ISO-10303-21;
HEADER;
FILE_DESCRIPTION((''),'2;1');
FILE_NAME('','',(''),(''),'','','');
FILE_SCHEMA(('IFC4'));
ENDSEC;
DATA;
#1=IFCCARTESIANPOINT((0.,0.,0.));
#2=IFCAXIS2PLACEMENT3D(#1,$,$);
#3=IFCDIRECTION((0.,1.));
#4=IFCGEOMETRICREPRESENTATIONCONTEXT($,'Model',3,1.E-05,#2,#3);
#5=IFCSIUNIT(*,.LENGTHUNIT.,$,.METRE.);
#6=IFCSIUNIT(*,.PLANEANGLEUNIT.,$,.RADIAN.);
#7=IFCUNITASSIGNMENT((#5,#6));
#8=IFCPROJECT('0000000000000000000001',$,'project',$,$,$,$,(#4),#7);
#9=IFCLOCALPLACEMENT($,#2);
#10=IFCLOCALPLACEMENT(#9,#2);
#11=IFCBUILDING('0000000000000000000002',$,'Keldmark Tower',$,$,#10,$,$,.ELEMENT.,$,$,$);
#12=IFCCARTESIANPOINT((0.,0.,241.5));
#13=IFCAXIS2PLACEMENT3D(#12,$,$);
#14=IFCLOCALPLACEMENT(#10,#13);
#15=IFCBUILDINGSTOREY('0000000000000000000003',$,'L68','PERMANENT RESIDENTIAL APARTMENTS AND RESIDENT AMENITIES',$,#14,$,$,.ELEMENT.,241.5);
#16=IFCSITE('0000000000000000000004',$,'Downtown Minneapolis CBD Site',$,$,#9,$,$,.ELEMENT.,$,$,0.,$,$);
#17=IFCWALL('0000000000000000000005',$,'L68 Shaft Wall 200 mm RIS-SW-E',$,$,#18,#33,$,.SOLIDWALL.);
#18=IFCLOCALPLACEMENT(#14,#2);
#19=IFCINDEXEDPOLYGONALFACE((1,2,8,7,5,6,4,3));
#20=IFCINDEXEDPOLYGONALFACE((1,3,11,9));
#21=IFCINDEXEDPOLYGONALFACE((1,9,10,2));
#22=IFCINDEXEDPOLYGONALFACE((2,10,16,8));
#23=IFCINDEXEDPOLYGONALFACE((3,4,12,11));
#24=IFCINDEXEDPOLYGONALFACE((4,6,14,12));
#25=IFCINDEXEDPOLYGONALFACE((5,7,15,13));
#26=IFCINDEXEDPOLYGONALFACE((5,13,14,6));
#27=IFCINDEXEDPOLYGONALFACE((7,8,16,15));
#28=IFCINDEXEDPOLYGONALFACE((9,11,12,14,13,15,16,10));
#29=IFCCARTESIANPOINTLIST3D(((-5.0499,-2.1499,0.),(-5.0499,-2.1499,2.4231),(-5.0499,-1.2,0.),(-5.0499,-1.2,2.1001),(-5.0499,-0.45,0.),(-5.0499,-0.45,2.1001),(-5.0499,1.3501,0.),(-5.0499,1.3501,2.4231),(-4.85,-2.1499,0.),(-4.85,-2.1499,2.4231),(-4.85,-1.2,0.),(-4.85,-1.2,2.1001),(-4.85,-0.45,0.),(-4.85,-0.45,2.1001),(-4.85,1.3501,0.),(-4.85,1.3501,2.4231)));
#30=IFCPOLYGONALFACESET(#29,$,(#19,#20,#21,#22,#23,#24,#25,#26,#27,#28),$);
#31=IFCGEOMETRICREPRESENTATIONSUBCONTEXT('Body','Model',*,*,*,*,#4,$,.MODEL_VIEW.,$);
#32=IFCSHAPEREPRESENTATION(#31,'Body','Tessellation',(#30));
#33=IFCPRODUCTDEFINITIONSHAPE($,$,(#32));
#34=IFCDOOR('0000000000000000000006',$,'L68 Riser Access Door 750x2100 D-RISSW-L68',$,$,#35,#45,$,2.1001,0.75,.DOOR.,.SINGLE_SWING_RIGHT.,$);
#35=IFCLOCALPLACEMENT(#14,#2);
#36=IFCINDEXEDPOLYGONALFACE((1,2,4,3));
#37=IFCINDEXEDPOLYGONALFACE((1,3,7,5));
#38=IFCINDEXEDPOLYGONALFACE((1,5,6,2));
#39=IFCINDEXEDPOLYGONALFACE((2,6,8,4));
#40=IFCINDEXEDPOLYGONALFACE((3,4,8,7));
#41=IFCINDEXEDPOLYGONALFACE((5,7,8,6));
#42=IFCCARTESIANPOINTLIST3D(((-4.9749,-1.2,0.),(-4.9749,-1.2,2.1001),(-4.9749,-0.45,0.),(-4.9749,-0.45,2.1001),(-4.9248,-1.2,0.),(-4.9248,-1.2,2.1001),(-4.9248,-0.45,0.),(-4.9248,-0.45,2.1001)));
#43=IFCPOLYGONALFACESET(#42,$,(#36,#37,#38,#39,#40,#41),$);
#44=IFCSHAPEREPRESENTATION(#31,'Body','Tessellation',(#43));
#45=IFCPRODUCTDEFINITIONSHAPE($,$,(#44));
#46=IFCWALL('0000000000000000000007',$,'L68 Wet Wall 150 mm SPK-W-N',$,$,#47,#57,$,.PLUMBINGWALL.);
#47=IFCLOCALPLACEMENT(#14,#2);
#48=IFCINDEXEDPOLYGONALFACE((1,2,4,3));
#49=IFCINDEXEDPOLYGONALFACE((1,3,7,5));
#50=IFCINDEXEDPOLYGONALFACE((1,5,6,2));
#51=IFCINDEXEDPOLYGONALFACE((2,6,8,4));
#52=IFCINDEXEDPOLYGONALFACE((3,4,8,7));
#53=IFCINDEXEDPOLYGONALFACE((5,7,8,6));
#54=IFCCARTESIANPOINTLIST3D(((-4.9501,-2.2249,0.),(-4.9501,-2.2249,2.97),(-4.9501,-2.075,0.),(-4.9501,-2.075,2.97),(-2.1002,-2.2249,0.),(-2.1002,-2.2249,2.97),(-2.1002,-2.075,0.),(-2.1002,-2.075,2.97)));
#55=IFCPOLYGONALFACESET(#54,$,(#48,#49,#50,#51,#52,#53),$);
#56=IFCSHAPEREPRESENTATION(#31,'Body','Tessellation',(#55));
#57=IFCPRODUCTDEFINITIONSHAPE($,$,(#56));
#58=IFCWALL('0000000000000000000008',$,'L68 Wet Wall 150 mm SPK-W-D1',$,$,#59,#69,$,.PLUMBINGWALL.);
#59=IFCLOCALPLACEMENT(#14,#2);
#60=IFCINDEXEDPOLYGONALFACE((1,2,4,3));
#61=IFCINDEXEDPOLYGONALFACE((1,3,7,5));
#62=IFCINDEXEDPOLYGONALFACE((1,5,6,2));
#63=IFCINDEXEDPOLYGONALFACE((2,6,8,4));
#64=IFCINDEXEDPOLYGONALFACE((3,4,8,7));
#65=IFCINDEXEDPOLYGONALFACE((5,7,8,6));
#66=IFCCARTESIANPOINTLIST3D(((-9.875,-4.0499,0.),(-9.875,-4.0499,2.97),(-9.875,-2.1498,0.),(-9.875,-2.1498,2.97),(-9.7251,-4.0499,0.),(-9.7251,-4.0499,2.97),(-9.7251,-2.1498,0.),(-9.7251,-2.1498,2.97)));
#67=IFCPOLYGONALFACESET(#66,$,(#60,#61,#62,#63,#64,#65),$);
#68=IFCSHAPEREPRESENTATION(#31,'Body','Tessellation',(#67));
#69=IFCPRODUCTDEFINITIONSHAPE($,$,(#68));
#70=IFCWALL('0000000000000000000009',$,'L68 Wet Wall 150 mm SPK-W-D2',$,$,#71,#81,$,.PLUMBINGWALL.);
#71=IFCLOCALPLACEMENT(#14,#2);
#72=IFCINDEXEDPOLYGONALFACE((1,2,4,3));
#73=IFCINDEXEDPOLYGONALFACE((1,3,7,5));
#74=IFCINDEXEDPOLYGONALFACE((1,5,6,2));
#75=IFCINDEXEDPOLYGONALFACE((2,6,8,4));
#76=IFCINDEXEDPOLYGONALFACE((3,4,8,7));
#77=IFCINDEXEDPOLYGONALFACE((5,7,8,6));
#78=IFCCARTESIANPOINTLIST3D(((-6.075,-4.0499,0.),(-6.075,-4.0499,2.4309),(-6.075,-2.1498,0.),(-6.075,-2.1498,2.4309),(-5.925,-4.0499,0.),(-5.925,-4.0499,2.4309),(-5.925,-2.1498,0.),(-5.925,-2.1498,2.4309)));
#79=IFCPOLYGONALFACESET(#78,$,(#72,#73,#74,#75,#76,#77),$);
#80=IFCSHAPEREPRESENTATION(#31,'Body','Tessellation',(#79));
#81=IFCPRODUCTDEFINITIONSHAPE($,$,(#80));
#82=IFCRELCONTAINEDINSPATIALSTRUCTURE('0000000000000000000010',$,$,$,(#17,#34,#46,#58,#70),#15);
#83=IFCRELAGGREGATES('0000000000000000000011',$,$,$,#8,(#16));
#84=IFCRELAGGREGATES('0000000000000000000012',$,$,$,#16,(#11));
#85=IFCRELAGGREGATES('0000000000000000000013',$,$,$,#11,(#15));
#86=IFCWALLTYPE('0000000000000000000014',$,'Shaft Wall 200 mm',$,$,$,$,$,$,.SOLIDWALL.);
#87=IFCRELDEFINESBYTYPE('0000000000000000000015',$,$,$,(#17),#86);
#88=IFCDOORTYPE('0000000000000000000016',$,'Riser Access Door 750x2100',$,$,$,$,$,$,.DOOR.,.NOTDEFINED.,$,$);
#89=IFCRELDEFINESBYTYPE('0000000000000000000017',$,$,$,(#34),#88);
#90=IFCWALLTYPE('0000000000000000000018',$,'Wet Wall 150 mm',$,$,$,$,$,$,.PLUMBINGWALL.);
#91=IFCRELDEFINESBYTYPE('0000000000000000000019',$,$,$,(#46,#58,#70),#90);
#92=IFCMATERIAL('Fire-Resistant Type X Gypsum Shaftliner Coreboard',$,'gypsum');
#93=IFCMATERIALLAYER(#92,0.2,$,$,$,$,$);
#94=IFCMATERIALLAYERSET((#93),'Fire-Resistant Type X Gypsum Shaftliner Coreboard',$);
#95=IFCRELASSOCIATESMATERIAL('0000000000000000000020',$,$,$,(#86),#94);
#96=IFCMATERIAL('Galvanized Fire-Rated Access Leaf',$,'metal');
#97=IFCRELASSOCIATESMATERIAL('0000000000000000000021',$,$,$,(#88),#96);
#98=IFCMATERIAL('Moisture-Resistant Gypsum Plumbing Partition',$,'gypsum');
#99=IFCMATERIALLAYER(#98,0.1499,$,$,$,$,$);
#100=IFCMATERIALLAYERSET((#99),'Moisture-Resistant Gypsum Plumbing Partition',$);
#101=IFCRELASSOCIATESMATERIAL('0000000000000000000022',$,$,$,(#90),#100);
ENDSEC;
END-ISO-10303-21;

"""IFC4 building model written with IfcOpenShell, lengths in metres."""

from ifc_helpers import new_model, si_unit, direction, frame, frame_2d, origin, place, context, subcontext, project, spatial, rectangle, extrude, material, layer, layer_set, type_object, element, fill, save


model = new_model("IFC4")

# Units and contexts
model_context = context("Model", 3, precision=1e-05, world=origin(), true_north=direction((0.0, 1.0)))
body_context = subcontext(model_context, "Body", "Model", "MODEL_VIEW")
ifc_project = project(units=[si_unit("LENGTHUNIT", "METRE"), si_unit("PLANEANGLEUNIT", "RADIAN")], contexts=[model_context])

# Site, building, storey
site_placement = place(None, origin())
site = spatial("IfcSite", under=ifc_project, at=site_placement, Name="Downtown Minneapolis CBD Site", CompositionType="ELEMENT", RefElevation=0.0)
building_placement = place(site_placement, origin())
building = spatial("IfcBuilding", under=site, at=building_placement, Name="Keldmark Tower", CompositionType="ELEMENT")
storey_placement = place(building_placement, frame((0.0, 0.0, 241.5)))
storey = spatial("IfcBuildingStorey", under=building, at=storey_placement, Name="L68", Description="PERMANENT RESIDENTIAL APARTMENTS AND RESIDENT AMENITIES", CompositionType="ELEMENT", Elevation=241.5)

# Shared definitions
ifc_material_1 = material(Name="Fire-Resistant Type X Gypsum Shaftliner Coreboard", Category="gypsum")
ifc_layer_1 = layer(ifc_material_1, 0.2)
ifc_layer_set_1 = layer_set([ifc_layer_1], Name="Fire-Resistant Type X Gypsum Shaftliner Coreboard")
wall_type_1 = type_object("IfcWallType", Name="Shaft Wall 200 mm", PredefinedType="SOLIDWALL", material=ifc_layer_set_1)

# Wall, opening, door
wall_1_placement = place(storey_placement, frame((-4.95, -2.1499, 0.0), z_axis=(0.0, 0.0, 1.0), x_axis=(0.0, 1.0, 0.0)))
wall_1 = element("IfcWall", 1, at=wall_1_placement, inside=storey, type_object=wall_type_1, Name="L68 Shaft Wall 200 mm RIS-SW-E", PredefinedType="SOLIDWALL", context=body_context, shape_type="SweptSolid", body=[
    extrude(rectangle(XDim=3.5, YDim=0.2, at=frame_2d((1.75, 0.0))), origin(), (0.0, 0.0, 1.0), 2.4231),
])
opening_1_placement = place(wall_1_placement, frame((0.95, 0.0, 0.0)))
opening_1 = element("IfcOpeningElement", 2, at=opening_1_placement, cuts=wall_1, PredefinedType="OPENING", context=body_context, shape_type="SweptSolid", body=[
    extrude(rectangle(XDim=0.75, YDim=2.1001, at=frame_2d((0.375, 1.05))), frame((0.0, 0.1099, 0.0), z_axis=(0.0, -1.0, 0.0), x_axis=(1.0, 0.0, 0.0)), (0.0, 0.0, 1.0), 0.22),
])
ifc_material_2 = material(Name="Galvanized Fire-Rated Access Leaf", Category="metal")
door_type_1 = type_object("IfcDoorType", Name="Riser Access Door 750x2100", OperationType="NOTDEFINED", PredefinedType="DOOR", material=ifc_material_2)
door_1_placement = place(opening_1_placement, origin())
door_1 = element("IfcDoor", 3, at=door_1_placement, inside=storey, type_object=door_type_1, Name="L68 Riser Access Door 750x2100 D-RISSW-L68", OperationType="SINGLE_SWING_RIGHT", OverallHeight=2.1001, OverallWidth=0.75, PredefinedType="DOOR", context=body_context, shape_type="SweptSolid", body=[
    extrude(rectangle(XDim=0.75, YDim=2.1001, at=frame_2d((0.375, 1.05))), frame((0.0, 0.0249, 0.0), z_axis=(0.0, -1.0, 0.0), x_axis=(1.0, 0.0, 0.0)), (0.0, 0.0, 1.0), 0.05),
])
fill(opening_1, door_1)

# Walls
ifc_material_3 = material(Name="Moisture-Resistant Gypsum Plumbing Partition", Category="gypsum")
ifc_layer_2 = layer(ifc_material_3, 0.1499)
ifc_layer_set_2 = layer_set([ifc_layer_2], Name="Moisture-Resistant Gypsum Plumbing Partition")
wall_type_2 = type_object("IfcWallType", Name="Wet Wall 150 mm", PredefinedType="PLUMBINGWALL", material=ifc_layer_set_2)
wall_2_placement = place(storey_placement, frame((-4.95, -2.1499, 0.0), z_axis=(0.0, 0.0, 1.0), x_axis=(1.0, 0.0, 0.0)))
element("IfcWall", 4, at=wall_2_placement, inside=storey, type_object=wall_type_2, Name="L68 Wet Wall 150 mm SPK-W-N", PredefinedType="PLUMBINGWALL", context=body_context, shape_type="SweptSolid", body=[
    extrude(rectangle(XDim=2.8499, YDim=0.1499, at=frame_2d((1.4248, 0.0))), origin(), (0.0, 0.0, 1.0), 2.97),
])
wall_3_placement = place(storey_placement, frame((-9.8, -4.05, 0.0), z_axis=(0.0, 0.0, 1.0), x_axis=(0.0, 1.0, 0.0)))
element("IfcWall", 5, at=wall_3_placement, inside=storey, type_object=wall_type_2, Name="L68 Wet Wall 150 mm SPK-W-D1", PredefinedType="PLUMBINGWALL", context=body_context, shape_type="SweptSolid", body=[
    extrude(rectangle(XDim=1.9001, YDim=0.1499, at=frame_2d((0.9502, 0.0))), origin(), (0.0, 0.0, 1.0), 2.97),
])
wall_4_placement = place(storey_placement, frame((-6.0, -4.05, 0.0), z_axis=(0.0, 0.0, 1.0), x_axis=(0.0, 1.0, 0.0)))
element("IfcWall", 6, at=wall_4_placement, inside=storey, type_object=wall_type_2, Name="L68 Wet Wall 150 mm SPK-W-D2", PredefinedType="PLUMBINGWALL", context=body_context, shape_type="SweptSolid", body=[
    extrude(rectangle(XDim=1.9001, YDim=0.1499, at=frame_2d((0.9502, 0.0))), origin(), (0.0, 0.0, 1.0), 2.4309),
])

save(model, "model.ifc")
